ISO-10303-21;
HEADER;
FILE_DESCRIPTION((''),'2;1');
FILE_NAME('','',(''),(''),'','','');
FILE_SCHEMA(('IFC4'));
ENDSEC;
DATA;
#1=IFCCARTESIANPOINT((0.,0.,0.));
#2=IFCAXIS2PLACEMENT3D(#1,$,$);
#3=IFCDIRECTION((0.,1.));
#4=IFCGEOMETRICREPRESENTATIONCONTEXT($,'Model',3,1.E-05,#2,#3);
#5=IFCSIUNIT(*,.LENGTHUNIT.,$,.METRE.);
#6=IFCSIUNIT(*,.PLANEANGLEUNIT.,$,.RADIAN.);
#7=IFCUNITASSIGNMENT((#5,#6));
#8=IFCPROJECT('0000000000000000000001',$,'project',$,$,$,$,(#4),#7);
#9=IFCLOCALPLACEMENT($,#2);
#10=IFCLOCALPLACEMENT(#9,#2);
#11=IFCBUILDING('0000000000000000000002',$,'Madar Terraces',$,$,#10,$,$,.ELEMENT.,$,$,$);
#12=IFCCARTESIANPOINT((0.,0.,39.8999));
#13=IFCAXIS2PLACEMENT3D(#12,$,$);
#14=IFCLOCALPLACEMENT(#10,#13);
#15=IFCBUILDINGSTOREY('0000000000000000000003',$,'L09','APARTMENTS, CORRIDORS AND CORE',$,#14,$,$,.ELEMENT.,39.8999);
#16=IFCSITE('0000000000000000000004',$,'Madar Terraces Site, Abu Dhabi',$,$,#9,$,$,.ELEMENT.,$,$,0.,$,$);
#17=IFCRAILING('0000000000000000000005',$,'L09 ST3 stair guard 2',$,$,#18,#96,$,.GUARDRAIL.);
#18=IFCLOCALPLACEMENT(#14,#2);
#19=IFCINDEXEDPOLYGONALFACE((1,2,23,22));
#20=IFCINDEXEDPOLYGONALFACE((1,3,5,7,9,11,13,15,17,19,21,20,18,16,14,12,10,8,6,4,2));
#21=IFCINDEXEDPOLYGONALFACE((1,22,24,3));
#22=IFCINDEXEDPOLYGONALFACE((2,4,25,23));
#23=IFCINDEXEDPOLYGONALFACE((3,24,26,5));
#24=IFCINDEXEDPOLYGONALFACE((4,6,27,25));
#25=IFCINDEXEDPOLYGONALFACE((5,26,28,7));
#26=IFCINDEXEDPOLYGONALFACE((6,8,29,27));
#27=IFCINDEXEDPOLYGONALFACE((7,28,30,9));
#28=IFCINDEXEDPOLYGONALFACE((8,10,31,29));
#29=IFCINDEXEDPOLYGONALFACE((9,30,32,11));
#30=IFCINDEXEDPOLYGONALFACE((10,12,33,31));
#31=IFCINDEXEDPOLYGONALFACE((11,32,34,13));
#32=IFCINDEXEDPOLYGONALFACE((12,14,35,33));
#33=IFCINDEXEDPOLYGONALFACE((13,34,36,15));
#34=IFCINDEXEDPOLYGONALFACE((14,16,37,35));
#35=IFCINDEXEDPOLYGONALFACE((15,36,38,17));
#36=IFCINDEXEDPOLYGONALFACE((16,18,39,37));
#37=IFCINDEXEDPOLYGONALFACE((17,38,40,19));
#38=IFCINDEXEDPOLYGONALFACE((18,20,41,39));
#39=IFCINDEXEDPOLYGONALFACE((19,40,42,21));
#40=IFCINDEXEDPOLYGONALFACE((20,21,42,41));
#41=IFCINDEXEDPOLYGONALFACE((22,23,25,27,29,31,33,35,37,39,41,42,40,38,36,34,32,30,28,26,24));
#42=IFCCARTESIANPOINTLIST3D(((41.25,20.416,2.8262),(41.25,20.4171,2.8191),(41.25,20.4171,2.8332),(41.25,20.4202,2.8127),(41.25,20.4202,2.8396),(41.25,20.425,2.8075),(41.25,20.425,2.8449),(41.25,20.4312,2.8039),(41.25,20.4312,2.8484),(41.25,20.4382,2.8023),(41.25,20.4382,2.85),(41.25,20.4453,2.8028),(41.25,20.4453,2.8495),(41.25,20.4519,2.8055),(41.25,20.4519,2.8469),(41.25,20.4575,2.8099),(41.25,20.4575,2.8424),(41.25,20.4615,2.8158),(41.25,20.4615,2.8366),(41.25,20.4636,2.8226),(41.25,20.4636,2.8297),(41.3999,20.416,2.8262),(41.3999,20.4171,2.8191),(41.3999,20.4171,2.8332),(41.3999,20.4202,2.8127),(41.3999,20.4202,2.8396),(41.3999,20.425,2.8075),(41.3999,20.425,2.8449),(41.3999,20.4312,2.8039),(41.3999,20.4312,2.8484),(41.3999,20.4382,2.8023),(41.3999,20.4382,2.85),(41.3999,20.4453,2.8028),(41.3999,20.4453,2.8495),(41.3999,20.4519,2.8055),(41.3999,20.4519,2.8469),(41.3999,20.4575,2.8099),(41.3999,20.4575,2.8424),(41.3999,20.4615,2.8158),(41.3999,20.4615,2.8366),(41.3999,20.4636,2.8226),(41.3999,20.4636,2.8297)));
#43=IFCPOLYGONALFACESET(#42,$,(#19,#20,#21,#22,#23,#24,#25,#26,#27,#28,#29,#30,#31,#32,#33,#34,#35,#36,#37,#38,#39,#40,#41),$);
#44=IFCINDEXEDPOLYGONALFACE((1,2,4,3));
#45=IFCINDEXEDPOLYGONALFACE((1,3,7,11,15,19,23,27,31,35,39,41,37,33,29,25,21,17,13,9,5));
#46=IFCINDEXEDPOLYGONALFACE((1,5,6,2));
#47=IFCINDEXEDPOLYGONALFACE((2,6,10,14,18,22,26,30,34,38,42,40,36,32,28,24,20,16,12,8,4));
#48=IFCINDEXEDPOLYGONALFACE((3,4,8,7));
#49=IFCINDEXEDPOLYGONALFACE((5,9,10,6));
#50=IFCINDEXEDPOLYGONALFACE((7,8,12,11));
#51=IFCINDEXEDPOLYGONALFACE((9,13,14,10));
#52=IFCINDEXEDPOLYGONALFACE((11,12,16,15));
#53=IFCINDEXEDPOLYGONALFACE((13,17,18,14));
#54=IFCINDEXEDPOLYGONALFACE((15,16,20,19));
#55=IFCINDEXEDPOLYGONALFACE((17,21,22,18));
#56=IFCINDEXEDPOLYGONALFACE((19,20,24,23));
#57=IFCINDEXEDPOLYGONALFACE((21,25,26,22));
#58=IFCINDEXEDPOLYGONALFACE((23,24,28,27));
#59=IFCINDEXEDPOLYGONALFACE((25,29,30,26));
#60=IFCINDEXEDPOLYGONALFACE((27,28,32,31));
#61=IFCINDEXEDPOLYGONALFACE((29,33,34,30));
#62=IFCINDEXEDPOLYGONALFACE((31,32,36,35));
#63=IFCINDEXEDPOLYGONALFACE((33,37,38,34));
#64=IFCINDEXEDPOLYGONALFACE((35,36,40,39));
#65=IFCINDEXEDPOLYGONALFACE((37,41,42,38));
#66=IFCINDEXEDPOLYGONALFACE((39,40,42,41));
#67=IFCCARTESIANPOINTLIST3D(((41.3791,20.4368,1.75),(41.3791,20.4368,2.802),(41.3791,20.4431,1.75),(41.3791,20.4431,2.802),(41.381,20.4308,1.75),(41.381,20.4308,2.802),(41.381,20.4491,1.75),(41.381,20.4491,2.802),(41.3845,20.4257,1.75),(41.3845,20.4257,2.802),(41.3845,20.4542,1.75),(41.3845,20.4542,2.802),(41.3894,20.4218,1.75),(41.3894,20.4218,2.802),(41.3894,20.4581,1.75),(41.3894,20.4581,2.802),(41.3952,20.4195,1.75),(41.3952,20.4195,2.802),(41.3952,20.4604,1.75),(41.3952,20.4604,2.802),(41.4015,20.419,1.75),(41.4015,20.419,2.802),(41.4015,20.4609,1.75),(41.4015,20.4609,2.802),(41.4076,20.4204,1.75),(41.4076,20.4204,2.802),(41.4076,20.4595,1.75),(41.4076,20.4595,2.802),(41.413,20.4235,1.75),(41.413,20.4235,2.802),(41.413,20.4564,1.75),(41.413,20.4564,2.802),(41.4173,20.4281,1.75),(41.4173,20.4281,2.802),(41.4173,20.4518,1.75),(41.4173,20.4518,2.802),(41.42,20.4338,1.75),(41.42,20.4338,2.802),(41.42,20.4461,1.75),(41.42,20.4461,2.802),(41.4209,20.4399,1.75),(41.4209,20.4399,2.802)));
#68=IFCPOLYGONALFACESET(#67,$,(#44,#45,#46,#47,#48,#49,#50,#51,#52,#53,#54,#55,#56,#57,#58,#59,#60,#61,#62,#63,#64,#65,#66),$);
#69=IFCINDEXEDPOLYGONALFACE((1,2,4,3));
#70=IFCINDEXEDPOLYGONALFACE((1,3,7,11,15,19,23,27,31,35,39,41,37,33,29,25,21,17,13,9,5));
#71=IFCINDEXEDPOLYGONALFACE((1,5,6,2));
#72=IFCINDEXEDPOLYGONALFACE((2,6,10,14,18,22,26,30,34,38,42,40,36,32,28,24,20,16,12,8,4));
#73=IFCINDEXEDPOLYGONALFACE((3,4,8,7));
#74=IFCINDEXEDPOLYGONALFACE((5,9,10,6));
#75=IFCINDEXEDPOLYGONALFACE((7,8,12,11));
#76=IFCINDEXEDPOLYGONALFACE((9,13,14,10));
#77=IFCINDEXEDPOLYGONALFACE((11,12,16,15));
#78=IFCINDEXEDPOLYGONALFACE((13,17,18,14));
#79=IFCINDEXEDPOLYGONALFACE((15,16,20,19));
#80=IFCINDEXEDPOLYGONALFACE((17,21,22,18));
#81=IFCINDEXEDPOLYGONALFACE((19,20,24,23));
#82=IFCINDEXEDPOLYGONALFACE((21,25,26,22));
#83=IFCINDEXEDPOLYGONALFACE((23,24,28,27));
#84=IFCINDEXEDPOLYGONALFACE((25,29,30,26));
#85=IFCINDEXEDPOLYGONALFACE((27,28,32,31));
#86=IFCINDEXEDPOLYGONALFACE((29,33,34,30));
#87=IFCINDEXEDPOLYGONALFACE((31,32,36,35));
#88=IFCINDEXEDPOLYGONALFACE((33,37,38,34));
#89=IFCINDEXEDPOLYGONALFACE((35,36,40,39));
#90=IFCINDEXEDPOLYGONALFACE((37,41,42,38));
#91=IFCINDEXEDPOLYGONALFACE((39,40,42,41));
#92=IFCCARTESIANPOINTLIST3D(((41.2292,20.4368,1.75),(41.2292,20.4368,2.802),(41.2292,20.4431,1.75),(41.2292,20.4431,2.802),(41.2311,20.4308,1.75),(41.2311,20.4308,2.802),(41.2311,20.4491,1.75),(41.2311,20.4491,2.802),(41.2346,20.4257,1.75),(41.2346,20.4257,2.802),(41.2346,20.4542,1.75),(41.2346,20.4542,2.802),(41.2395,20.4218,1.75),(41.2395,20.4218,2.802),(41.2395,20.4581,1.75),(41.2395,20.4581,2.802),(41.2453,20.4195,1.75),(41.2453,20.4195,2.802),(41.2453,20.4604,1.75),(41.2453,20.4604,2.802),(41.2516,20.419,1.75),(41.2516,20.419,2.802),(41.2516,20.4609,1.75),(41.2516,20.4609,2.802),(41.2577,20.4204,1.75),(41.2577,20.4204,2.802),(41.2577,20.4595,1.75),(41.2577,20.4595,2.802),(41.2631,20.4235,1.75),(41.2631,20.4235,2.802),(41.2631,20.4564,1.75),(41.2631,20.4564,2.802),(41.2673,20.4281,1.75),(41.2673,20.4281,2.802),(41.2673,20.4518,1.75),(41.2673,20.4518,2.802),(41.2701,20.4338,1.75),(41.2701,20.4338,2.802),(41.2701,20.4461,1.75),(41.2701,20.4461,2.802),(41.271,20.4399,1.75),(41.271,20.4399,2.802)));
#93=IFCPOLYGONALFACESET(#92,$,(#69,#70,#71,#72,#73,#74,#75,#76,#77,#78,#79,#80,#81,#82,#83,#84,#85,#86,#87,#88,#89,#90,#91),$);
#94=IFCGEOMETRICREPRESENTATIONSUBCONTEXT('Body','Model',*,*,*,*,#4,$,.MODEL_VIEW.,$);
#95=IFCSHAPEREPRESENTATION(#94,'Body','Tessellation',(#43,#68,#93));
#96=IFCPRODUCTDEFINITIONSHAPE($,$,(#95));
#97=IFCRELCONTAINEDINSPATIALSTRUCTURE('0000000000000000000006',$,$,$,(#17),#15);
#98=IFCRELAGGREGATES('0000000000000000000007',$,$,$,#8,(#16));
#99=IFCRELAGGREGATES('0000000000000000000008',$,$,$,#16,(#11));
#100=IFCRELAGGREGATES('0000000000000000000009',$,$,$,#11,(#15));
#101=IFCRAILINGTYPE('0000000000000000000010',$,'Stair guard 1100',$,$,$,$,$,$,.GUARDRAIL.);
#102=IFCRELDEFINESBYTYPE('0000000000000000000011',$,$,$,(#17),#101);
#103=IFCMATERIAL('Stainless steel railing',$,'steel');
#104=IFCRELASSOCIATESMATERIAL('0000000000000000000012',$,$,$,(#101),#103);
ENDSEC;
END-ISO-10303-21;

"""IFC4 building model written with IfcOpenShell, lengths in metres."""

from ifc_helpers import new_model, si_unit, direction, frame, origin, origin_2d, place, context, subcontext, project, spatial, circle, extrude, material, type_object, element, save


model = new_model("IFC4")

# Units and contexts
model_context = context("Model", 3, precision=1e-05, world=origin(), true_north=direction((0.0, 1.0)))
body_context = subcontext(model_context, "Body", "Model", "MODEL_VIEW")
ifc_project = project(units=[si_unit("LENGTHUNIT", "METRE"), si_unit("PLANEANGLEUNIT", "RADIAN")], contexts=[model_context])

# Site, building, storey
site_placement = place(None, origin())
site = spatial("IfcSite", under=ifc_project, at=site_placement, Name="Madar Terraces Site, Abu Dhabi", CompositionType="ELEMENT", RefElevation=0.0)
building_placement = place(site_placement, origin())
building = spatial("IfcBuilding", under=site, at=building_placement, Name="Madar Terraces", CompositionType="ELEMENT")
storey_placement = place(building_placement, frame((0.0, 0.0, 39.8999)))
storey = spatial("IfcBuildingStorey", under=building, at=storey_placement, Name="L09", Description="APARTMENTS, CORRIDORS AND CORE", CompositionType="ELEMENT", Elevation=39.8999)

# Railing
ifc_material_1 = material(Name="Stainless steel railing", Category="steel")
railing_type_1 = type_object("IfcRailingType", Name="Stair guard 1100", PredefinedType="GUARDRAIL", material=ifc_material_1)
railing_1_placement = place(storey_placement, frame((41.3999, 20.4399, 1.75)))
element("IfcRailing", 1, at=railing_1_placement, inside=storey, type_object=railing_type_1, Name="L09 ST3 stair guard 2", PredefinedType="GUARDRAIL", context=body_context, shape_type="SweptSolid", body=[
    extrude(circle(Radius=0.0239, at=origin_2d()), frame((0.0, 0.0, 1.0762), z_axis=(-1.0, 0.0, 0.0), x_axis=(0.0, -1.0, 0.0)), (0.0, 0.0, 1.0), 0.1499),
    extrude(circle(Radius=0.021, at=origin_2d()), origin(), (0.0, 0.0, 1.0), 1.052),
    extrude(circle(Radius=0.021, at=origin_2d()), frame((-0.1499, 0.0, 0.0)), (0.0, 0.0, 1.0), 1.052),
])

save(model, "model.ifc")
